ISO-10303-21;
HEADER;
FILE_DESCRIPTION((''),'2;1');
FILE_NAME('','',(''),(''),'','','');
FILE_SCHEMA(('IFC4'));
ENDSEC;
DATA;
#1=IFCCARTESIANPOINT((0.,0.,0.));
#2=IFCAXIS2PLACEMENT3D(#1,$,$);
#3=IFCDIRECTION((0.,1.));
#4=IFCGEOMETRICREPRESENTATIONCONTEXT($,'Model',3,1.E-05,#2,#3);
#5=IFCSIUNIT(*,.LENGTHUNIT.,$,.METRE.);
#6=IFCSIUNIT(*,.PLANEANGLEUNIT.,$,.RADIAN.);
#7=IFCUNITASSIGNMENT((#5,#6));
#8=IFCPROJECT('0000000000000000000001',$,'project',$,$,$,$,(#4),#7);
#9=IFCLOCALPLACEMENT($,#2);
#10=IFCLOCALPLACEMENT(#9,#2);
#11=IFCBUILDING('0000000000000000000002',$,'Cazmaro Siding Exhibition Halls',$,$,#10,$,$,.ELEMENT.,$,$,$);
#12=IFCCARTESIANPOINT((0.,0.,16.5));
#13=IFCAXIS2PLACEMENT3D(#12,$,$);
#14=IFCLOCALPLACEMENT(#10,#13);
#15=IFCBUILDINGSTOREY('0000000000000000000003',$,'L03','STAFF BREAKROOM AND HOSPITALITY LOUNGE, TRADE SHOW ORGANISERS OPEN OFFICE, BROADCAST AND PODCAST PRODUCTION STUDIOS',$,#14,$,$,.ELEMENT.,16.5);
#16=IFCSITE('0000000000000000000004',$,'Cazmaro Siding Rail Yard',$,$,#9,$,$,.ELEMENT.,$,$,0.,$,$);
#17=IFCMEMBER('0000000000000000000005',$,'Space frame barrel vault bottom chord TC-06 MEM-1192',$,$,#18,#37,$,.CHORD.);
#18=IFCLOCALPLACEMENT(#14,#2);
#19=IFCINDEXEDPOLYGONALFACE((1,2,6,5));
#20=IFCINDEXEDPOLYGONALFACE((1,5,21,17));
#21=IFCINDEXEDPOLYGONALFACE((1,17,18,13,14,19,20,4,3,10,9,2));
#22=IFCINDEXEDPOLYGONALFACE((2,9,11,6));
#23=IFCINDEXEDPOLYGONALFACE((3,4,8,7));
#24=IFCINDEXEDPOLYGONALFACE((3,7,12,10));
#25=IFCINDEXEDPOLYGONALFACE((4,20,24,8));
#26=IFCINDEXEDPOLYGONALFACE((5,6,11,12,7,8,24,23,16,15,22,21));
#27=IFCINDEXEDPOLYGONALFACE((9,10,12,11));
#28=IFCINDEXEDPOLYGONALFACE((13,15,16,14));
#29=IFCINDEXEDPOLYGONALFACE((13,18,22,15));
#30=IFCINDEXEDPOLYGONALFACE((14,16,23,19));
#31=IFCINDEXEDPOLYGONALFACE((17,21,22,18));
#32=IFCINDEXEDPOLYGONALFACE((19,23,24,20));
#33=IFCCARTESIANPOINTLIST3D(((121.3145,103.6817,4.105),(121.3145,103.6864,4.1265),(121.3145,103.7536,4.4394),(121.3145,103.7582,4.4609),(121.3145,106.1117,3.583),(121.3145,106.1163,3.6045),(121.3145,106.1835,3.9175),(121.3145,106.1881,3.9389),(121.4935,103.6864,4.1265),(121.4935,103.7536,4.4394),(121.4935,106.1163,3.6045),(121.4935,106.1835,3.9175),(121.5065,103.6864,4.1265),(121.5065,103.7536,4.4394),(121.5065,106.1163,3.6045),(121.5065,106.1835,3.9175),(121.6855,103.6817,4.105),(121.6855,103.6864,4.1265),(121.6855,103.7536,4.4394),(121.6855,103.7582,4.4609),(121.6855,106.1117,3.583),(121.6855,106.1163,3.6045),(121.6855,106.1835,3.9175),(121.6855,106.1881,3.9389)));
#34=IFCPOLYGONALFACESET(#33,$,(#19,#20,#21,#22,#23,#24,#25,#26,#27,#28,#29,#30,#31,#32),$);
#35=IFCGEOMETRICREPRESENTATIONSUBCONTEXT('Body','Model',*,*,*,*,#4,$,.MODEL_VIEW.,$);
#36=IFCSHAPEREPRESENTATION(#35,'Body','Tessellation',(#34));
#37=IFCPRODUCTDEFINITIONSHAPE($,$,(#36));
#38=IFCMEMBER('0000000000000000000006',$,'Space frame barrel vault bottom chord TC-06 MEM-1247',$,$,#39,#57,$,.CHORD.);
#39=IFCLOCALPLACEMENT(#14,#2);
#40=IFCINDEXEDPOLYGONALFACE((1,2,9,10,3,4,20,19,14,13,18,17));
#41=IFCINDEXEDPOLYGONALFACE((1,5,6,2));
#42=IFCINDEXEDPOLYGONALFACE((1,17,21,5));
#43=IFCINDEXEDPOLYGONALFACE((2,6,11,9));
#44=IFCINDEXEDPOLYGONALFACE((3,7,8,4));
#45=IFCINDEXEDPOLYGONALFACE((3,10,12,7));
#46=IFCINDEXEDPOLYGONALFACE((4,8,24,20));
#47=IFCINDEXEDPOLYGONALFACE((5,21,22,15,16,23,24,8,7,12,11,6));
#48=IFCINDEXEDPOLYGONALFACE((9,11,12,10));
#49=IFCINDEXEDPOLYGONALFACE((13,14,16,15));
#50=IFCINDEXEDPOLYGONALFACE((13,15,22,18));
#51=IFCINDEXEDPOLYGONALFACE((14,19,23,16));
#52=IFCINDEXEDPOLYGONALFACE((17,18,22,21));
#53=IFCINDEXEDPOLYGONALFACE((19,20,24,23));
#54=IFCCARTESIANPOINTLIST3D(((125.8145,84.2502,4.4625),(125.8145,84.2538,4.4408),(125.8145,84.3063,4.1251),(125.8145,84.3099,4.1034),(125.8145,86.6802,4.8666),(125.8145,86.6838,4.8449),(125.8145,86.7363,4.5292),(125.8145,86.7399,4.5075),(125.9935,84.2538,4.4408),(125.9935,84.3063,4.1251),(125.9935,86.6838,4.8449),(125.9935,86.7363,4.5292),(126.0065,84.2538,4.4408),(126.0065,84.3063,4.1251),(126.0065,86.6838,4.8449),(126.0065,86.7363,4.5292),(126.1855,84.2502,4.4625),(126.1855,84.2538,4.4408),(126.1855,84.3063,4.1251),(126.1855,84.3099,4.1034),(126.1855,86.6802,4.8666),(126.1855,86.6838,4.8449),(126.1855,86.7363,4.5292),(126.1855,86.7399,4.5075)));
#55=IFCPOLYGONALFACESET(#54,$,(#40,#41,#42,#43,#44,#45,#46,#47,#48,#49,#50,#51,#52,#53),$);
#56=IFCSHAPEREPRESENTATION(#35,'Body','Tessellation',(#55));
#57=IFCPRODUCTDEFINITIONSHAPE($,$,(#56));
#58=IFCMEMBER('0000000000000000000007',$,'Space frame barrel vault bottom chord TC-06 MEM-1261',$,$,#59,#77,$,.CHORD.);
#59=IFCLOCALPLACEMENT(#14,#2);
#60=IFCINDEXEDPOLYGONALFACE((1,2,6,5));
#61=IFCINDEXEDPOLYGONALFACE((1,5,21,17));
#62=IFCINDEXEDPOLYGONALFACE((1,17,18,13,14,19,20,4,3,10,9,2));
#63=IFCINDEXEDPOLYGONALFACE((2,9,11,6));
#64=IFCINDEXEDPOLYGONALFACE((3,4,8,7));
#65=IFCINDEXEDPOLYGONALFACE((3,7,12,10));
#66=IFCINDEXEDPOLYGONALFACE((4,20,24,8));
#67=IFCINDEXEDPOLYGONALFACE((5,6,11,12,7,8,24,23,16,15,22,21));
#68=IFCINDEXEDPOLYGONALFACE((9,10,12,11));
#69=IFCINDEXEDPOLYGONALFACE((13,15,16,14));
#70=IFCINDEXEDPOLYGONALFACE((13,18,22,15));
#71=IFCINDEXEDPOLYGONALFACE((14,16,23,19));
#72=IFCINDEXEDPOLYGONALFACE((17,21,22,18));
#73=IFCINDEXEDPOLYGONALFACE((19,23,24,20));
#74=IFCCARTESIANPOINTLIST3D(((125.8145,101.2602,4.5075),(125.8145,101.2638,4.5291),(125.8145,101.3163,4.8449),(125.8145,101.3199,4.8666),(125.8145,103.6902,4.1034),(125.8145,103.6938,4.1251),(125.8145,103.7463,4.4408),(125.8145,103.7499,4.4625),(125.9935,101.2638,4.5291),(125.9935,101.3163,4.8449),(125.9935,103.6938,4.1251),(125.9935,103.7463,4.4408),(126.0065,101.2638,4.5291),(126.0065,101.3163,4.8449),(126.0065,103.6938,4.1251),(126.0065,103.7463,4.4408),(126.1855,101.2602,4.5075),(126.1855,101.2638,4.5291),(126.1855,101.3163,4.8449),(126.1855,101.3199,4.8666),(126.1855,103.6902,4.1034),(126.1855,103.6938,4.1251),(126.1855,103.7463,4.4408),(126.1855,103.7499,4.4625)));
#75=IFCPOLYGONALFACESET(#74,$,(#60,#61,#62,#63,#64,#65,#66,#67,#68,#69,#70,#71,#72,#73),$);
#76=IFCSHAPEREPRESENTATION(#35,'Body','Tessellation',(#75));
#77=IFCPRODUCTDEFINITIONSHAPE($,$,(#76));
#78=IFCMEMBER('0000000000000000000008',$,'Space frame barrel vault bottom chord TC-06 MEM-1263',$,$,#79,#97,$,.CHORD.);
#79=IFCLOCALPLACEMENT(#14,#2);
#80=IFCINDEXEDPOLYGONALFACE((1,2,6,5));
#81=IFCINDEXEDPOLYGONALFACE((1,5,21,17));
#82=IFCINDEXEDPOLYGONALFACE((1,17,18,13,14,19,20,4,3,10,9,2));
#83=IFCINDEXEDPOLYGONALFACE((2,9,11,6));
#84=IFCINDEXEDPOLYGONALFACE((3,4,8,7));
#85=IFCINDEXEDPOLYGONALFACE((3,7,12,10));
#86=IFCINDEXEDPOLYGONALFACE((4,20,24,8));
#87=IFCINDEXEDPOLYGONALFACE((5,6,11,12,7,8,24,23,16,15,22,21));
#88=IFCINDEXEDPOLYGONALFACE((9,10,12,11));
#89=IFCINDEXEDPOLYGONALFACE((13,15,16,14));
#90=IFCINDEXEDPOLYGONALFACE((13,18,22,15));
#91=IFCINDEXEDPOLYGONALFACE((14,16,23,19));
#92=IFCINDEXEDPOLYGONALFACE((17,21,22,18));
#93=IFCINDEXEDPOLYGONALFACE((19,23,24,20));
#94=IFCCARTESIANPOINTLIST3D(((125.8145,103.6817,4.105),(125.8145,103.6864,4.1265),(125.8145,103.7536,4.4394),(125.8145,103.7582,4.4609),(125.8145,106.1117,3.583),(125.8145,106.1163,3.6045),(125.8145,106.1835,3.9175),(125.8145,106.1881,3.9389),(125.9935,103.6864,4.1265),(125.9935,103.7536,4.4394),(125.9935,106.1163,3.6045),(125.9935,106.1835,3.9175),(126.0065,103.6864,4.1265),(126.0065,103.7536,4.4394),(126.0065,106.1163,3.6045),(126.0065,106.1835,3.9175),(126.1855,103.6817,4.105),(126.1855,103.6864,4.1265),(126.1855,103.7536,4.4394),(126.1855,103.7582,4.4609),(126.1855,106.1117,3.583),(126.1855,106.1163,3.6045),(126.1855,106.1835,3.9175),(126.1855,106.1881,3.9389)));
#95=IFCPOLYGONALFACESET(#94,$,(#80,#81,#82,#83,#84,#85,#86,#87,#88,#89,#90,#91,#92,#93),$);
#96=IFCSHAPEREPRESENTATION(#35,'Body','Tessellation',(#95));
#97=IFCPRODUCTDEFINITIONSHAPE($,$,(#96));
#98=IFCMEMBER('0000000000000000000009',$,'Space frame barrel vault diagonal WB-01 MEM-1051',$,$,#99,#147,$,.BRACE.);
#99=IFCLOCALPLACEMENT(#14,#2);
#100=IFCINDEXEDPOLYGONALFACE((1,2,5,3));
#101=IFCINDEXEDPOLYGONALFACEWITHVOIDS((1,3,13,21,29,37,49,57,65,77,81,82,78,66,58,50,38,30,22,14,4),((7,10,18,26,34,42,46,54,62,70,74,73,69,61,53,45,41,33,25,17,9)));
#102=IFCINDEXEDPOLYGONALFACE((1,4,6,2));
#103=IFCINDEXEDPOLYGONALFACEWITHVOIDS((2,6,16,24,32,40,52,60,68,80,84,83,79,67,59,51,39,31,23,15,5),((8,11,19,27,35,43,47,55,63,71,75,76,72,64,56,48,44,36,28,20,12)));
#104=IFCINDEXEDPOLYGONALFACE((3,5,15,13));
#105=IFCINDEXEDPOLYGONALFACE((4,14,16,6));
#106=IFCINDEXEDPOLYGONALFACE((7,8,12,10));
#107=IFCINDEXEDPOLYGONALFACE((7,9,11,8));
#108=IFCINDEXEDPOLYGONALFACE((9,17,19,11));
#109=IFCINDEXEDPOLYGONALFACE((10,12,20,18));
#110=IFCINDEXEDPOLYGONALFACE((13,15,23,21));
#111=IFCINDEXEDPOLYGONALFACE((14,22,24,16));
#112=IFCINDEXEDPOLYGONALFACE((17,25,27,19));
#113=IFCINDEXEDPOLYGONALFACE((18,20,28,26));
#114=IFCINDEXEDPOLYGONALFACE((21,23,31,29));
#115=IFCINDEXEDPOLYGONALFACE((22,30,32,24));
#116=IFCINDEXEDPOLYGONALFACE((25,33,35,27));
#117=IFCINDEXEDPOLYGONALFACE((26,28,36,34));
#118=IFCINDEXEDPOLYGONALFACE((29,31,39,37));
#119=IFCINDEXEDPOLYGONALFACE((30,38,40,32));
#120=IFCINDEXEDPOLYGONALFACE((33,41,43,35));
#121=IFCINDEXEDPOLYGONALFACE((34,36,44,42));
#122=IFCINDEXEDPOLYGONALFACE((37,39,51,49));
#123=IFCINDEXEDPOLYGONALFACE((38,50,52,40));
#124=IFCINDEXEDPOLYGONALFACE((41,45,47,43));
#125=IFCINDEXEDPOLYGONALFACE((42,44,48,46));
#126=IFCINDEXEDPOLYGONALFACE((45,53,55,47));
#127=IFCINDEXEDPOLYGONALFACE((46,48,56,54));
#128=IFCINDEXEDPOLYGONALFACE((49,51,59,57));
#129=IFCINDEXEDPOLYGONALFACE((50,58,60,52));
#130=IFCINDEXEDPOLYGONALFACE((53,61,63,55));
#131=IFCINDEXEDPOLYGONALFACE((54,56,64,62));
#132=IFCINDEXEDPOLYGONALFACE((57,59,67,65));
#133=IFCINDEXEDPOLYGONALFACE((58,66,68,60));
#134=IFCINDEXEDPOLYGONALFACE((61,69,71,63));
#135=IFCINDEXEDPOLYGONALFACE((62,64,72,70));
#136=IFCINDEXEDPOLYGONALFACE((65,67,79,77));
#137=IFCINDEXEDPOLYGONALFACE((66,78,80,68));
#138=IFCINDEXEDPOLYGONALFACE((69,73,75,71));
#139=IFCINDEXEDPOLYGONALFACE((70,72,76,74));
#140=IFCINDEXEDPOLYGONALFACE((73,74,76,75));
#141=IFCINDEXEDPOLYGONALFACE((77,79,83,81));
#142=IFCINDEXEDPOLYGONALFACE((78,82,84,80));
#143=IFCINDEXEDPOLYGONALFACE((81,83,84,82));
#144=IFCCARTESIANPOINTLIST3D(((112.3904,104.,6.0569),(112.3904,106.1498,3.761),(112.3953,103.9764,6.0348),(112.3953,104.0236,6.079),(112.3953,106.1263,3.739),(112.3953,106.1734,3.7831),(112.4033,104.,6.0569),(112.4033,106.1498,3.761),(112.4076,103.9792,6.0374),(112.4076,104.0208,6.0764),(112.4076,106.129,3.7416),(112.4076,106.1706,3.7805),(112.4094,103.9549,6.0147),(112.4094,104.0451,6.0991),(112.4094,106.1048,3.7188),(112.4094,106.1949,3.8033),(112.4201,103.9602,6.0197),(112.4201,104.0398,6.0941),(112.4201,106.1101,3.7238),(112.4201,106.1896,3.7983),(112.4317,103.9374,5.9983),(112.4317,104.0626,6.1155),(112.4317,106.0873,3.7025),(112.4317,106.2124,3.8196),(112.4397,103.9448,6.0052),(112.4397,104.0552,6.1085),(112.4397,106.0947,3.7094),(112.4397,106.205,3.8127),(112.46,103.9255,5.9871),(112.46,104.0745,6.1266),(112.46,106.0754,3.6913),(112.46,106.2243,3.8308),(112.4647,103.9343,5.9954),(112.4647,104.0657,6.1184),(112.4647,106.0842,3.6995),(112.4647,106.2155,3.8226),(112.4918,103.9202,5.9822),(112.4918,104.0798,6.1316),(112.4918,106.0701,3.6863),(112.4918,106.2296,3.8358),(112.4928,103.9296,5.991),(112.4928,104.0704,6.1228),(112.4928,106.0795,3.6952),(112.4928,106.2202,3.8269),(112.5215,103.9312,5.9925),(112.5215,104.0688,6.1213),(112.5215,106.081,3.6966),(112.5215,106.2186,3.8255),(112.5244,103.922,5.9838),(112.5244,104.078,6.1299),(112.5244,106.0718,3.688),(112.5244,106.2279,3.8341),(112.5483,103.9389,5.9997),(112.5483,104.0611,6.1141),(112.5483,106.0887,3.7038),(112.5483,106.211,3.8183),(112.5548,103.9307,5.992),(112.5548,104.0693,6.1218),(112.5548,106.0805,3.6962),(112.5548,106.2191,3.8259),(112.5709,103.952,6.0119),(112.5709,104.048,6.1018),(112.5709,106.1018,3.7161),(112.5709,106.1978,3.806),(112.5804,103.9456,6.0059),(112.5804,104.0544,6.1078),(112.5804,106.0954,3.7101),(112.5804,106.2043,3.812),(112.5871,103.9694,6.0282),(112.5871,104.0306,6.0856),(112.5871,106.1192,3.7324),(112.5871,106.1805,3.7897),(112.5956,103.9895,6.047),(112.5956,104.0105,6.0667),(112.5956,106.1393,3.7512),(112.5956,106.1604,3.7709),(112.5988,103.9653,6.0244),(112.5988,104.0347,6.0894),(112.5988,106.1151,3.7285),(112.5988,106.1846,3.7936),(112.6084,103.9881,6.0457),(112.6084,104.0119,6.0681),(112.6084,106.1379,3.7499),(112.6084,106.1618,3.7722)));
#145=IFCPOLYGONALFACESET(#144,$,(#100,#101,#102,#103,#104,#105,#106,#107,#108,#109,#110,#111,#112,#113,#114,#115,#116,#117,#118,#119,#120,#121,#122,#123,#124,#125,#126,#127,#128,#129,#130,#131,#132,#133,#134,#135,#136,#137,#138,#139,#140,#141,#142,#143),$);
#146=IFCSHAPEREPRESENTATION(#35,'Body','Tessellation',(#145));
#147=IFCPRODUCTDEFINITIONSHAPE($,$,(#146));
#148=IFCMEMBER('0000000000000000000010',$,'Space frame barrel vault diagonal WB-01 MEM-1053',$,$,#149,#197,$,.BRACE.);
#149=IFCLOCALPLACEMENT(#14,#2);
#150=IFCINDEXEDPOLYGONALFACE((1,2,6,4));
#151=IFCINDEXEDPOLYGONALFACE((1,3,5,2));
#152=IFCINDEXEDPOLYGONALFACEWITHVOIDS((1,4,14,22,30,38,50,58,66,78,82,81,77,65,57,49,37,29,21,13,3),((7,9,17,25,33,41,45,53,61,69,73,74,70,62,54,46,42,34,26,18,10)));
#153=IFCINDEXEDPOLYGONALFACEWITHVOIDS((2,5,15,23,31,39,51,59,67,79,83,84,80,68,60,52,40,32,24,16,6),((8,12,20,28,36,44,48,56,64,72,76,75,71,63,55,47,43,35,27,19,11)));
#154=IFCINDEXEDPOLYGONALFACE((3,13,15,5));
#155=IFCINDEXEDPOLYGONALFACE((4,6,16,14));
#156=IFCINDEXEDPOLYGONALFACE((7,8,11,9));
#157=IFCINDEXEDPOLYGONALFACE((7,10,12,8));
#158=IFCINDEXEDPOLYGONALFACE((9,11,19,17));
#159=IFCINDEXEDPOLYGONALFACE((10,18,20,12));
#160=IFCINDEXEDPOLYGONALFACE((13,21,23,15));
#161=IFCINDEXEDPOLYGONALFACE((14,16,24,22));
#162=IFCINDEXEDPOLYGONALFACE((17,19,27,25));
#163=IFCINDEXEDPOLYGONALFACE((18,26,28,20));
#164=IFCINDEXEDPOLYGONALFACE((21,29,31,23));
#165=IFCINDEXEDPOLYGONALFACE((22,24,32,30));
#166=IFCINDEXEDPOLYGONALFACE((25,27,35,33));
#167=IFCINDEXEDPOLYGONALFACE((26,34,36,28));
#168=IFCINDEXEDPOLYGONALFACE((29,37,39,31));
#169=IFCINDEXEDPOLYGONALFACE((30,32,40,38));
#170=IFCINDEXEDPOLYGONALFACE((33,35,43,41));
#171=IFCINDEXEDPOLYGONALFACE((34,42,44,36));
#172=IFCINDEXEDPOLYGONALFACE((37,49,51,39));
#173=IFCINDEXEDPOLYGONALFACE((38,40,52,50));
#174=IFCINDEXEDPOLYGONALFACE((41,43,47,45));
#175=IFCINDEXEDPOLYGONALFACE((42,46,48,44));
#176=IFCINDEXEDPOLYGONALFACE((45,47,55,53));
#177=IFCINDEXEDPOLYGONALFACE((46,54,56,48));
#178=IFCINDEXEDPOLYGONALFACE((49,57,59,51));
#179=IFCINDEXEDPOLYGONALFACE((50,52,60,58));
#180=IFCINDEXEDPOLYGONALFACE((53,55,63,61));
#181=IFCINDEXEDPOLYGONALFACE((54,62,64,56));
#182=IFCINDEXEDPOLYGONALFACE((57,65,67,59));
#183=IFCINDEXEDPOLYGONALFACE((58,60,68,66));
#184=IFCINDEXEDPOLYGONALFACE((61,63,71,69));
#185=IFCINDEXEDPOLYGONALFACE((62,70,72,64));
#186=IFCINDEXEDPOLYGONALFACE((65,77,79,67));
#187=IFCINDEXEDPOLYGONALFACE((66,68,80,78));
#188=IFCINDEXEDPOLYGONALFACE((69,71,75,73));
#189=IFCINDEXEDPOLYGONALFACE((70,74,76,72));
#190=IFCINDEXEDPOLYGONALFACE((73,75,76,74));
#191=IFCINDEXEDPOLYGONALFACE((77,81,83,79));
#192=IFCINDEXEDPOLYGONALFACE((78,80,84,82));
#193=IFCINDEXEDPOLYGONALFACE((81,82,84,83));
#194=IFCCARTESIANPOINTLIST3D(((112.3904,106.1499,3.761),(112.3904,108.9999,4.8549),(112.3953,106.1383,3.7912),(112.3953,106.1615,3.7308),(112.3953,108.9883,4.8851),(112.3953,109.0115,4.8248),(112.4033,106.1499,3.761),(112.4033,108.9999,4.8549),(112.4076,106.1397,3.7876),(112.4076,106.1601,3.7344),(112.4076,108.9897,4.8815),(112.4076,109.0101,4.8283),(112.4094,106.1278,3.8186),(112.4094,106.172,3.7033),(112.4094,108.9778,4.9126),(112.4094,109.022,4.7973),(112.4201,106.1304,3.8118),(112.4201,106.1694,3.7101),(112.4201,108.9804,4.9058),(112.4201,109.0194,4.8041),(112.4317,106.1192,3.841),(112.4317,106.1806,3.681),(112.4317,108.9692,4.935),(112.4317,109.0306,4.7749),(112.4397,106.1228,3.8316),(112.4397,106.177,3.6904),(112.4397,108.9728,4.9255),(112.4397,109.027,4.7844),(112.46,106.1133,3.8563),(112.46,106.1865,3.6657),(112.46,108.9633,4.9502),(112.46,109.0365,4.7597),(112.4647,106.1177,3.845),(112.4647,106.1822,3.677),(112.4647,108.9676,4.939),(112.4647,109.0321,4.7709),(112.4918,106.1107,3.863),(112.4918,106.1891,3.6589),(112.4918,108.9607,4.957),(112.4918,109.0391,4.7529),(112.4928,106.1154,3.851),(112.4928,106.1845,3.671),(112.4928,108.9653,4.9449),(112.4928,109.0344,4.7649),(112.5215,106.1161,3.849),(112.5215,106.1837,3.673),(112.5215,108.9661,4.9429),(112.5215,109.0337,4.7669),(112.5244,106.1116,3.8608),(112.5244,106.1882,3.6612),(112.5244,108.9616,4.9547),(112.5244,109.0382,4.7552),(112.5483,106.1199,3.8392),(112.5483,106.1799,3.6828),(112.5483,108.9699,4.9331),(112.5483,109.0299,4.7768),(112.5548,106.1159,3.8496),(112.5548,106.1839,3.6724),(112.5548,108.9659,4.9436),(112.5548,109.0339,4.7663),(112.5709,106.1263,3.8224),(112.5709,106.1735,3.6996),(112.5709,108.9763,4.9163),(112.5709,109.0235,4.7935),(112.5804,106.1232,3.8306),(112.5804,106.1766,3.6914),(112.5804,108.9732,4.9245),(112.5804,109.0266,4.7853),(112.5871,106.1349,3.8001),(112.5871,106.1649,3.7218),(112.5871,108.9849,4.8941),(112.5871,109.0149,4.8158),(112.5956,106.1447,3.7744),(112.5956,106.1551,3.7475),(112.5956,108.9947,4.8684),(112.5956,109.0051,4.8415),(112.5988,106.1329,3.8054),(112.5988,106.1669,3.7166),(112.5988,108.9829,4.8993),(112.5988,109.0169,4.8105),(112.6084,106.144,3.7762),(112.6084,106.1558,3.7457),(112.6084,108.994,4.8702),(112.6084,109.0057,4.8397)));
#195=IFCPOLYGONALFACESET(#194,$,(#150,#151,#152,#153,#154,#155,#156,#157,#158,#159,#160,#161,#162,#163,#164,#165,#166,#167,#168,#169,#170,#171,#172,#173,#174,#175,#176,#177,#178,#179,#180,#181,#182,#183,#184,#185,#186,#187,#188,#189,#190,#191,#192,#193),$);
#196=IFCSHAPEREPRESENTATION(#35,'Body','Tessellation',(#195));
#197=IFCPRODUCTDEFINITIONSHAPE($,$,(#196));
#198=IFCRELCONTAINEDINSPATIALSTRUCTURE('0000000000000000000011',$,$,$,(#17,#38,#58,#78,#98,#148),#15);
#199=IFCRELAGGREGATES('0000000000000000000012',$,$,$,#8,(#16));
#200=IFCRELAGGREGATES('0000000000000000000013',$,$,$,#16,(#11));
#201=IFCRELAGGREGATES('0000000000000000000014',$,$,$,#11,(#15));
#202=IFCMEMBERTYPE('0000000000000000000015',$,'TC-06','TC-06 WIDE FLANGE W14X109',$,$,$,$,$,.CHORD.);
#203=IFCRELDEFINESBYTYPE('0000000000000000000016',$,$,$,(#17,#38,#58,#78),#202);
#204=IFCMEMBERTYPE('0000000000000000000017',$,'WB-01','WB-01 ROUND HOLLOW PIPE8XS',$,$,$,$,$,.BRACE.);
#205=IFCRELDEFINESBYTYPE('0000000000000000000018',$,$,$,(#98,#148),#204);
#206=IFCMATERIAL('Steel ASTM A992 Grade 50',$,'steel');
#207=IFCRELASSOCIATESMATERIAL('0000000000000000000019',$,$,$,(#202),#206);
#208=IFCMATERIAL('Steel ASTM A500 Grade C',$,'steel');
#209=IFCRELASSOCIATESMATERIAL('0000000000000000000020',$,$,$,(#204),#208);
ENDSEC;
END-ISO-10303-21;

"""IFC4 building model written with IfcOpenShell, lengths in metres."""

from ifc_helpers import new_model, si_unit, direction, frame, origin, origin_2d, place, context, subcontext, project, spatial, hollow_circle, i_section, extrude, material, material_profile, profile_set, type_object, element, save


model = new_model("IFC4")

# Units and contexts
model_context = context("Model", 3, precision=1e-05, world=origin(), true_north=direction((0.0, 1.0)))
body_context = subcontext(model_context, "Body", "Model", "MODEL_VIEW")
ifc_project = project(units=[si_unit("LENGTHUNIT", "METRE"), si_unit("PLANEANGLEUNIT", "RADIAN")], contexts=[model_context])

# Site, building, storey
site_placement = place(None, origin())
site = spatial("IfcSite", under=ifc_project, at=site_placement, Name="Cazmaro Siding Rail Yard", CompositionType="ELEMENT", RefElevation=0.0)
building_placement = place(site_placement, origin())
building = spatial("IfcBuilding", under=site, at=building_placement, Name="Cazmaro Siding Exhibition Halls", CompositionType="ELEMENT")
storey_placement = place(building_placement, frame((0.0, 0.0, 16.5)))
storey = spatial("IfcBuildingStorey", under=building, at=storey_placement, Name="L03", Description="STAFF BREAKROOM AND HOSPITALITY LOUNGE, TRADE SHOW ORGANISERS OPEN OFFICE, BROADCAST AND PODCAST PRODUCTION STUDIOS", CompositionType="ELEMENT", Elevation=16.5)

# Members
ifc_material_1 = material(Name="Steel ASTM A992 Grade 50", Category="steel")
ifc_material_profile_1 = material_profile(ifc_material_1, i_section(OverallWidth=0.3711, OverallDepth=0.364, WebThickness=0.0129, FlangeThickness=0.022, at=origin_2d()), Name="W14X109")
ifc_profile_set_1 = profile_set([ifc_material_profile_1], Name="Steel ASTM A992 Grade 50")
member_type_1 = type_object("IfcMemberType", Name="TC-06", Description="TC-06 WIDE FLANGE W14X109", PredefinedType="CHORD", material=ifc_profile_set_1)
member_1_placement = place(storey_placement, frame((121.5, 103.72, 4.283), z_axis=(0.0, 0.977697, -0.210019), x_axis=(-1.0, 0.0, 0.0)))
element("IfcMember", 1, at=member_1_placement, inside=storey, type_object=member_type_1, Name="Space frame barrel vault bottom chord TC-06 MEM-1192", PredefinedType="CHORD", context=body_context, shape_type="SweptSolid", body=[
    extrude(i_section(OverallWidth=0.3711, OverallDepth=0.364, WebThickness=0.0129, FlangeThickness=0.022, at=origin_2d()), origin(), (0.0, 0.0, 1.0), 2.4854),
])
for number, where, z_axis, x_axis, name in (
    (2, (126.0, 84.28, 4.283), (0.0, 0.986455, 0.164029), (-1.0, 0.0, 0.0), "Space frame barrel vault bottom chord TC-06 MEM-1247"),
    (3, (126.0, 101.29, 4.687), (0.0, 0.986455, -0.164029), (-1.0, 0.0, 0.0), "Space frame barrel vault bottom chord TC-06 MEM-1261"),
):
    element("IfcMember", number, at=place(storey_placement, frame(where, z_axis=z_axis, x_axis=x_axis)), inside=storey, type_object=member_type_1, Name=name, PredefinedType="CHORD", context=body_context, shape_type="SweptSolid", body=[
        extrude(i_section(OverallWidth=0.3711, OverallDepth=0.364, WebThickness=0.0129, FlangeThickness=0.022, at=origin_2d()), origin(), (0.0, 0.0, 1.0), 2.4634),
    ])
member_2_placement = place(storey_placement, frame((126.0, 103.72, 4.283), z_axis=(0.0, 0.977697, -0.210019), x_axis=(-1.0, 0.0, 0.0)))
element("IfcMember", 4, at=member_2_placement, inside=storey, type_object=member_type_1, Name="Space frame barrel vault bottom chord TC-06 MEM-1263", PredefinedType="CHORD", context=body_context, shape_type="SweptSolid", body=[
    extrude(i_section(OverallWidth=0.3711, OverallDepth=0.364, WebThickness=0.0129, FlangeThickness=0.022, at=origin_2d()), origin(), (0.0, 0.0, 1.0), 2.4854),
])
ifc_material_2 = material(Name="Steel ASTM A500 Grade C", Category="steel")
ifc_material_profile_2 = material_profile(ifc_material_2, hollow_circle(Radius=0.1096, WallThickness=0.0129, at=origin_2d()), Name="PIPE8XS")
ifc_profile_set_2 = profile_set([ifc_material_profile_2], Name="Steel ASTM A500 Grade C")
member_type_2 = type_object("IfcMemberType", Name="WB-01", Description="WB-01 ROUND HOLLOW PIPE8XS", PredefinedType="BRACE", material=ifc_profile_set_2)
member_3_placement = place(storey_placement, frame((112.5, 104.0, 6.0569), z_axis=(0.0, 0.683518, -0.729934), x_axis=(-1.0, 0.0, 0.0)))
element("IfcMember", 5, at=member_3_placement, inside=storey, type_object=member_type_2, Name="Space frame barrel vault diagonal WB-01 MEM-1051", PredefinedType="BRACE", context=body_context, shape_type="SweptSolid", body=[
    extrude(hollow_circle(Radius=0.1096, WallThickness=0.0129, at=origin_2d()), origin(), (0.0, 0.0, 1.0), 3.1453),
])
member_4_placement = place(storey_placement, frame((112.5, 106.1499, 3.761), z_axis=(0.0, 0.933587, 0.358352), x_axis=(-1.0, 0.0, 0.0)))
element("IfcMember", 6, at=member_4_placement, inside=storey, type_object=member_type_2, Name="Space frame barrel vault diagonal WB-01 MEM-1053", PredefinedType="BRACE", context=body_context, shape_type="SweptSolid", body=[
    extrude(hollow_circle(Radius=0.1096, WallThickness=0.0129, at=origin_2d()), origin(), (0.0, 0.0, 1.0), 3.0527),
])

save(model, "model.ifc")
